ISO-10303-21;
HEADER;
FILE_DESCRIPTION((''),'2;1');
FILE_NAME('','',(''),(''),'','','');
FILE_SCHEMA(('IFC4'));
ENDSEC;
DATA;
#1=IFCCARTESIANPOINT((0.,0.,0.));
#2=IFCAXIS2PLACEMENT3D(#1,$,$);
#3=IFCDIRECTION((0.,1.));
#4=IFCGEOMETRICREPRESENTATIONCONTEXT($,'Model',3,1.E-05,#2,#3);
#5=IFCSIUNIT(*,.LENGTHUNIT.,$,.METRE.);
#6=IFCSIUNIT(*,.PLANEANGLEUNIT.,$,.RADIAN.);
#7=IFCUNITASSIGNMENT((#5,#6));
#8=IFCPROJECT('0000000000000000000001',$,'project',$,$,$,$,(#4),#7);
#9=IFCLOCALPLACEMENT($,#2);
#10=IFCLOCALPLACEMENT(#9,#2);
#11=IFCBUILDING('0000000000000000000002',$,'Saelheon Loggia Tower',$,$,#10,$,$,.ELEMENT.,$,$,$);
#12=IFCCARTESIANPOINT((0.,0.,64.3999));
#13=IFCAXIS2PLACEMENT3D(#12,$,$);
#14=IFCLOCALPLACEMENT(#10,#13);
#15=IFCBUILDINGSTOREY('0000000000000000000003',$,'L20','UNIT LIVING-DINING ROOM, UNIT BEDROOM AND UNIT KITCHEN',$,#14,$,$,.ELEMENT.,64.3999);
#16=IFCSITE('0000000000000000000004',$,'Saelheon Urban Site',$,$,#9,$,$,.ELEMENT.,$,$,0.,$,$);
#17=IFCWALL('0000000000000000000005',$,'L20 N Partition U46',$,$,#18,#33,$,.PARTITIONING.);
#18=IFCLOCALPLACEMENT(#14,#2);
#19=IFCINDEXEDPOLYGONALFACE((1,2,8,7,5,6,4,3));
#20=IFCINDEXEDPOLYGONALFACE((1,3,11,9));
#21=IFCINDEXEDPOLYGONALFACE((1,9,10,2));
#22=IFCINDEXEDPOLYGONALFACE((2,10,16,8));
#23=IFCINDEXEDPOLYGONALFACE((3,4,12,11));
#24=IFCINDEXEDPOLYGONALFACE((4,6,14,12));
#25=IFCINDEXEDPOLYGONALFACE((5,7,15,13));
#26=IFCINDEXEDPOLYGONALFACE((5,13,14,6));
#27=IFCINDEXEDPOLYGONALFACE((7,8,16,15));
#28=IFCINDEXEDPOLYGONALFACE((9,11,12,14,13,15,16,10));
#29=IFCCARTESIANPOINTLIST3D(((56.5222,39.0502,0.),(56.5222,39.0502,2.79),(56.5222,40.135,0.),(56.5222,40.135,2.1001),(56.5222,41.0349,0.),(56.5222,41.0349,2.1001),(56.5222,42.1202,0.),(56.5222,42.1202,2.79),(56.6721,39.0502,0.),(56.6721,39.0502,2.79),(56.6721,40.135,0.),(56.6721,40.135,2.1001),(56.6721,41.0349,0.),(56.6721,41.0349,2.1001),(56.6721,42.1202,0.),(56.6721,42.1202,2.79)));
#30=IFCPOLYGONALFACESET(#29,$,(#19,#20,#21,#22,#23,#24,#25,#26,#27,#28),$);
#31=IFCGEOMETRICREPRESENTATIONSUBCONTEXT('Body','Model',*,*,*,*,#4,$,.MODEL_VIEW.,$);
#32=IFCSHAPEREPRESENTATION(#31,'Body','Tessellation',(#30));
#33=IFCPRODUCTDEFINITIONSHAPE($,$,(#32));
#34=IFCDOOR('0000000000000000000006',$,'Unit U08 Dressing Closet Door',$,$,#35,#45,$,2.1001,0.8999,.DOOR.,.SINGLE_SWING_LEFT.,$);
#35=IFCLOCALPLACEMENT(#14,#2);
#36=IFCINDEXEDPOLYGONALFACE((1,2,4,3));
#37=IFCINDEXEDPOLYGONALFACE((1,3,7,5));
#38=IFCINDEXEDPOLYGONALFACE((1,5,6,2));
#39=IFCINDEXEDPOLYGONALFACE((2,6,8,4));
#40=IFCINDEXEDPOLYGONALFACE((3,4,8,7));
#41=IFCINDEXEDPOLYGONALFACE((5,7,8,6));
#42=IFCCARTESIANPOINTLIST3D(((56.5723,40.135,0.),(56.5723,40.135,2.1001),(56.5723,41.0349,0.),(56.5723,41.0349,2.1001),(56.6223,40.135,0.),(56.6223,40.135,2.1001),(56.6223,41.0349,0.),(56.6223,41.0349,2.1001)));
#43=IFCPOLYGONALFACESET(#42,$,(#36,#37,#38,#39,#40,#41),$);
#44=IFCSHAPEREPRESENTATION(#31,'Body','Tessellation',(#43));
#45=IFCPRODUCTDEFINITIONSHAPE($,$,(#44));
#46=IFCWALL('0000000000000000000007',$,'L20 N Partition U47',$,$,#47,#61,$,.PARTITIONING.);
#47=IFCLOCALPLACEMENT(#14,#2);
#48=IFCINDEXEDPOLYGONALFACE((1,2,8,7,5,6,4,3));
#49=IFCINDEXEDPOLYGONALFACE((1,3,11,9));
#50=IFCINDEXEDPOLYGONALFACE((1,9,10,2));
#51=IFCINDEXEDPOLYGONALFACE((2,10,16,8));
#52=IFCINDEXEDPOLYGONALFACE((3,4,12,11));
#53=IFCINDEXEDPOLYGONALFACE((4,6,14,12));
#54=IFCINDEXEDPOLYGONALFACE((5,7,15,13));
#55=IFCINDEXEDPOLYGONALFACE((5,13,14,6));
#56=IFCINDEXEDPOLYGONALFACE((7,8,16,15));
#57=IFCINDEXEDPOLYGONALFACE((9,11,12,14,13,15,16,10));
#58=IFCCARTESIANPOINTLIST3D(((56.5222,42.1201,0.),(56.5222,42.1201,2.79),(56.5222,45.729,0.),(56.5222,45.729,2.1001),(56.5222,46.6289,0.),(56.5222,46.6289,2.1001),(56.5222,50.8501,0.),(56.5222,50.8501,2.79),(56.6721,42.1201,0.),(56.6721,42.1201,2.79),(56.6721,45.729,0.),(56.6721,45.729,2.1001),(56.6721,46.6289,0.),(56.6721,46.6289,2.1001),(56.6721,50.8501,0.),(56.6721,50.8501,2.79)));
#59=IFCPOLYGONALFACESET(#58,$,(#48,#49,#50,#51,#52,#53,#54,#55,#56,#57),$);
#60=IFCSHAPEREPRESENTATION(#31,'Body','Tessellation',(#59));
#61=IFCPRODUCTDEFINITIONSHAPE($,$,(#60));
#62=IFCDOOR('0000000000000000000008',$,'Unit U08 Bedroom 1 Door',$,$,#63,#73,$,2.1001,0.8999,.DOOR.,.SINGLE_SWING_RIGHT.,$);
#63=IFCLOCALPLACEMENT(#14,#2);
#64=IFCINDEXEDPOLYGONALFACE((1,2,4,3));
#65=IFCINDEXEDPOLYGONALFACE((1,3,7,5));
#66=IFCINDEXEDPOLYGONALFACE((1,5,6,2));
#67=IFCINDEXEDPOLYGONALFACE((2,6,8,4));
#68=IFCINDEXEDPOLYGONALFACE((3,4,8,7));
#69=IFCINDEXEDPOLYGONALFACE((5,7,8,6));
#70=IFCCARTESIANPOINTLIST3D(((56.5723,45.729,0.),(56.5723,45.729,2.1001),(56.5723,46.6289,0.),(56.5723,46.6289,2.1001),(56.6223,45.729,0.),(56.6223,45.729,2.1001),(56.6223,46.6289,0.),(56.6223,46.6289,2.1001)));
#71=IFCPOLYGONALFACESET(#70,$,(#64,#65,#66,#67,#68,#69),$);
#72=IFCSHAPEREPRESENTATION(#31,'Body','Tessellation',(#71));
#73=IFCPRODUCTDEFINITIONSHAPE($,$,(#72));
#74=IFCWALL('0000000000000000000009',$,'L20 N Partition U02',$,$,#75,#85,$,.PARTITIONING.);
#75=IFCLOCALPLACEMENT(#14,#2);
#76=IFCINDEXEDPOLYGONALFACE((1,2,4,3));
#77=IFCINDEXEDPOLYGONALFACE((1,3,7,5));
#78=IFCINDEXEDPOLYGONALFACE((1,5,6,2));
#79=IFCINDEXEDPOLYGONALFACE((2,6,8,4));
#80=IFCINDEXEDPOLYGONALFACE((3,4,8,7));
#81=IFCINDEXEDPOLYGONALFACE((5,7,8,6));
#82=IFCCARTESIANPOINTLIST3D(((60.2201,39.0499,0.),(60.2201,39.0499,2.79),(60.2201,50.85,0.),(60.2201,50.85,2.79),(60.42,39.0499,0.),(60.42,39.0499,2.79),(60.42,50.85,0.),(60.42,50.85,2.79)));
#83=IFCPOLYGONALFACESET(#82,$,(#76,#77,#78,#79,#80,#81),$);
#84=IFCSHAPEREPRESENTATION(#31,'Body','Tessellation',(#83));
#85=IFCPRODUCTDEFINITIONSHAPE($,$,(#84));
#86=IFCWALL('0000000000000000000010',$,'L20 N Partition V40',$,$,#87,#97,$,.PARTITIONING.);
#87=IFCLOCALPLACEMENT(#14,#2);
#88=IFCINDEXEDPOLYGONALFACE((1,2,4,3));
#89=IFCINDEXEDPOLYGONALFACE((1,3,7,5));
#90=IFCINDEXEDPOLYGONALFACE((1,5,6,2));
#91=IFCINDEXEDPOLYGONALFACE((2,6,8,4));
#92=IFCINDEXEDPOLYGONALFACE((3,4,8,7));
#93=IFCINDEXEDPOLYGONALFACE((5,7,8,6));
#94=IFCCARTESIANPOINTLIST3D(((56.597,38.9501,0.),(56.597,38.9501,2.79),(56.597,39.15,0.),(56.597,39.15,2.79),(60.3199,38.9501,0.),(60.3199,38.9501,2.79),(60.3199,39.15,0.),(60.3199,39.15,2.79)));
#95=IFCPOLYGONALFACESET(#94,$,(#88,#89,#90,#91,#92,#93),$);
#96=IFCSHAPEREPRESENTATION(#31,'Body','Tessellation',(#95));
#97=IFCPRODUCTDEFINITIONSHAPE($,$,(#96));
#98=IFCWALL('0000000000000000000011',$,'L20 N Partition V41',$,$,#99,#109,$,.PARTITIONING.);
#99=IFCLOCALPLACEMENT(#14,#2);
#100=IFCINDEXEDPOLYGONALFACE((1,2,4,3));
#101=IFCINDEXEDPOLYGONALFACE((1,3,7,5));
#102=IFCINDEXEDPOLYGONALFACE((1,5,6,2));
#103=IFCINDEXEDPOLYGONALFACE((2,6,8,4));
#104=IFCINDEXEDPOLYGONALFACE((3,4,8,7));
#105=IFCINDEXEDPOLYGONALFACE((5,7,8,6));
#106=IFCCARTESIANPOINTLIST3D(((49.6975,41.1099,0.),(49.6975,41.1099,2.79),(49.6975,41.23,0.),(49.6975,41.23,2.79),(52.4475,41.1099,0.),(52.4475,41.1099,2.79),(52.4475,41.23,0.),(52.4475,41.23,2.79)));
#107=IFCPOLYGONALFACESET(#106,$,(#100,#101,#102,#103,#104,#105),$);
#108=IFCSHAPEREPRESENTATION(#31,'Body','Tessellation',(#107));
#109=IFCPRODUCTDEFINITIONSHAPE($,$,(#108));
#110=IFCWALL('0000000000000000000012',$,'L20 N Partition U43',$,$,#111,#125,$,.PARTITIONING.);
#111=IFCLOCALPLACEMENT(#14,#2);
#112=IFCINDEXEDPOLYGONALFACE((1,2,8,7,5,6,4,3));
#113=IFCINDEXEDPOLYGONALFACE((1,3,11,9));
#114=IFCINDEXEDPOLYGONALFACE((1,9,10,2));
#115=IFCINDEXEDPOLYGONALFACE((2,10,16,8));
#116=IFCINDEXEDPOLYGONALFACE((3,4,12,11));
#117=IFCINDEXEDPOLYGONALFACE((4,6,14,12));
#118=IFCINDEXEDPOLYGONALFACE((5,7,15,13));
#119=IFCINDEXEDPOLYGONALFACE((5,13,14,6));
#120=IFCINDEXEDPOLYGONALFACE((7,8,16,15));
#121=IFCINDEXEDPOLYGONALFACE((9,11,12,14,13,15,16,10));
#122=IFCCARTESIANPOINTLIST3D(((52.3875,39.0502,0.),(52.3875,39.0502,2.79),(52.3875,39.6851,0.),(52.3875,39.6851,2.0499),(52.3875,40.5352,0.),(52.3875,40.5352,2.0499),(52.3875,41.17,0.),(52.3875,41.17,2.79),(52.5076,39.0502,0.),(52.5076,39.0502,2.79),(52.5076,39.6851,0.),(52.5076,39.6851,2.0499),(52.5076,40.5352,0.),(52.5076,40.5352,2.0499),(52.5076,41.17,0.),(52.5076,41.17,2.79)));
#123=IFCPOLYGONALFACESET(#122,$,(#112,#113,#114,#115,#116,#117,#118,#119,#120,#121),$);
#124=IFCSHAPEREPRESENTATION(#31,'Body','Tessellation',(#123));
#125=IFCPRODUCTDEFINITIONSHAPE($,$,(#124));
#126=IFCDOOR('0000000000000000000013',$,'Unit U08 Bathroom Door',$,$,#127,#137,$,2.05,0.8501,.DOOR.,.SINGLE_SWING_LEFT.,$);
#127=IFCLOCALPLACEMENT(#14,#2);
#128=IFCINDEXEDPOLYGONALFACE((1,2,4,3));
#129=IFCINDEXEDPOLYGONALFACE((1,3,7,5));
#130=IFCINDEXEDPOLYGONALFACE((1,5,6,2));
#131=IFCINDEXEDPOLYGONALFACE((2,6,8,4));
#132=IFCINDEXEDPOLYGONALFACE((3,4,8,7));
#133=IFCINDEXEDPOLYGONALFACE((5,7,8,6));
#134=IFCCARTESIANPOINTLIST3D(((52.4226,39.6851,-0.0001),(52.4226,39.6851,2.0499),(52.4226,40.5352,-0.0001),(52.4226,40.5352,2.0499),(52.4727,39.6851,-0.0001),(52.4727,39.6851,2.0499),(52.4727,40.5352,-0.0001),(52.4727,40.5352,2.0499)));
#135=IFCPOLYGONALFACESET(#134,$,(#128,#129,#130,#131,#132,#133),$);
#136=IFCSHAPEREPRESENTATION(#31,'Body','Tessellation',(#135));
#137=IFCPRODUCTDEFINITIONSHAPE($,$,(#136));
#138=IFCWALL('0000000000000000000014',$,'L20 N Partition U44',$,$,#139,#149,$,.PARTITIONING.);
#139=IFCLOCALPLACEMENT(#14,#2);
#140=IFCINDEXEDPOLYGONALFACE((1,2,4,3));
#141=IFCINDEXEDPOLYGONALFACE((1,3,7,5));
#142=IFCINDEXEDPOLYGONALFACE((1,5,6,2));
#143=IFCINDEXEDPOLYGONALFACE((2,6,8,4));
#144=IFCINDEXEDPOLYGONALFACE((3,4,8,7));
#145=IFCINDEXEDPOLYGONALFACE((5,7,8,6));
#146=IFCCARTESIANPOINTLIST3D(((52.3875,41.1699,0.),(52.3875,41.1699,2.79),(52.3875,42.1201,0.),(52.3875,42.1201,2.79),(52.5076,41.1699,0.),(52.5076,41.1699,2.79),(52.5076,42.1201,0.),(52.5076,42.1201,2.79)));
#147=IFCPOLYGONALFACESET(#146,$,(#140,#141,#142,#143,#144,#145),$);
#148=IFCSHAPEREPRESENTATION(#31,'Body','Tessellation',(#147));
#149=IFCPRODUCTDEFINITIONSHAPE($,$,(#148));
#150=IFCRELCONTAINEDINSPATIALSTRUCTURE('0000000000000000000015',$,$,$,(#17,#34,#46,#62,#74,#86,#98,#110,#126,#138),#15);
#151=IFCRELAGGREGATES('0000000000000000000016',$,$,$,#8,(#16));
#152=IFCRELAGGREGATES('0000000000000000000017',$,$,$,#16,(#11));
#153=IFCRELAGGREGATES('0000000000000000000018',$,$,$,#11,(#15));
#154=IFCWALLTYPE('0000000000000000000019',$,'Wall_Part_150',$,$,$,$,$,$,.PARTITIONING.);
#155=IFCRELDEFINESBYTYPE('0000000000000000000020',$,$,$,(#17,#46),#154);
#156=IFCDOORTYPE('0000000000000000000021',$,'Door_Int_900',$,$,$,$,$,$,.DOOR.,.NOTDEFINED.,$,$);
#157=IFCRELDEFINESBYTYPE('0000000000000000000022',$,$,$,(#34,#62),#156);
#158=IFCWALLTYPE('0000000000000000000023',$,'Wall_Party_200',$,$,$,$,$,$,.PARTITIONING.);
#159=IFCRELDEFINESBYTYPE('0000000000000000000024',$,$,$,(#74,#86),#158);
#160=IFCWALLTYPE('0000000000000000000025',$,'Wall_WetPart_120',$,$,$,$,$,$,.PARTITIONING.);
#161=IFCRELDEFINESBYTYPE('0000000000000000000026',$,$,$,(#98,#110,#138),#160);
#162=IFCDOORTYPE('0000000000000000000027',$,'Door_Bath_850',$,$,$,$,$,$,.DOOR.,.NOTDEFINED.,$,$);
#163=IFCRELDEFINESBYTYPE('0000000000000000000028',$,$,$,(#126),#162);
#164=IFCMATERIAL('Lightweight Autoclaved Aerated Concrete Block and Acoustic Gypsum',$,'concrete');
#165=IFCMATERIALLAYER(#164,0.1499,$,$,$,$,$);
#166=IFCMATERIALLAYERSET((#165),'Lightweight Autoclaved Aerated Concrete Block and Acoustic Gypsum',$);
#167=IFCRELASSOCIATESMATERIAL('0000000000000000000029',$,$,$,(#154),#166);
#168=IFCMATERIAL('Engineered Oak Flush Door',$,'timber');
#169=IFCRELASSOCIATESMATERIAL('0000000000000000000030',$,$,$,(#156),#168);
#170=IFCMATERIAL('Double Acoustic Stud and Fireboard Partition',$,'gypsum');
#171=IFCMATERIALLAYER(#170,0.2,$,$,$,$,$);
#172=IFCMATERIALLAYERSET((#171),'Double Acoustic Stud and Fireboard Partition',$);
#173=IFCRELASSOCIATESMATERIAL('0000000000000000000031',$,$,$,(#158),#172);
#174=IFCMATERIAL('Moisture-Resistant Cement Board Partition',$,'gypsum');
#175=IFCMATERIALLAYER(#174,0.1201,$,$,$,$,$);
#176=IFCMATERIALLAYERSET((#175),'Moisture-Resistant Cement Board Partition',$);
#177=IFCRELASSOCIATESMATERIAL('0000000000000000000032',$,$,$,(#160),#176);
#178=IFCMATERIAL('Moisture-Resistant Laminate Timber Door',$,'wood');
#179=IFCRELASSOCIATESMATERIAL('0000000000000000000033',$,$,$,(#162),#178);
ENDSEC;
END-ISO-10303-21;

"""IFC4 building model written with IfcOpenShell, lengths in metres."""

from ifc_helpers import new_model, si_unit, direction, frame, frame_2d, origin, place, context, subcontext, project, spatial, rectangle, extrude, source, transform, mapped, material, layer, layer_set, type_object, element, fill, save


model = new_model("IFC4")

# Units and contexts
model_context = context("Model", 3, precision=1e-05, world=origin(), true_north=direction((0.0, 1.0)))
body_context = subcontext(model_context, "Body", "Model", "MODEL_VIEW")
ifc_project = project(units=[si_unit("LENGTHUNIT", "METRE"), si_unit("PLANEANGLEUNIT", "RADIAN")], contexts=[model_context])

# Site, building, storey
site_placement = place(None, origin())
site = spatial("IfcSite", under=ifc_project, at=site_placement, Name="Saelheon Urban Site", CompositionType="ELEMENT", RefElevation=0.0)
building_placement = place(site_placement, origin())
building = spatial("IfcBuilding", under=site, at=building_placement, Name="Saelheon Loggia Tower", CompositionType="ELEMENT")
storey_placement = place(building_placement, frame((0.0, 0.0, 64.3999)))
storey = spatial("IfcBuildingStorey", under=building, at=storey_placement, Name="L20", Description="UNIT LIVING-DINING ROOM, UNIT BEDROOM AND UNIT KITCHEN", CompositionType="ELEMENT", Elevation=64.3999)

# Shared definitions
ifc_material_1 = material(Name="Lightweight Autoclaved Aerated Concrete Block and Acoustic Gypsum", Category="concrete")
ifc_layer_1 = layer(ifc_material_1, 0.1499)
ifc_layer_set_1 = layer_set([ifc_layer_1], Name="Lightweight Autoclaved Aerated Concrete Block and Acoustic Gypsum")
wall_type_1 = type_object("IfcWallType", Name="Wall_Part_150", PredefinedType="PARTITIONING", material=ifc_layer_set_1)
ifc_material_2 = material(Name="Engineered Oak Flush Door", Category="timber")
door_type_1 = type_object("IfcDoorType", Name="Door_Int_900", OperationType="NOTDEFINED", PredefinedType="DOOR", material=ifc_material_2)
shared_shape_1 = source(origin(), body_context, "Body", "SweptSolid", [
    extrude(rectangle(XDim=0.8999, YDim=2.1001, at=frame_2d((0.45, 1.05))), frame((0.0, 0.0249, 0.0), z_axis=(0.0, -1.0, 0.0), x_axis=(1.0, 0.0, 0.0)), (0.0, 0.0, 1.0), 0.05),
])

# Walls, openings, doors
wall_1_placement = place(storey_placement, frame((56.5972, 39.05, 0.0), z_axis=(0.0, 0.0, 1.0), x_axis=(0.0, 1.0, 0.0)))
wall_1 = element("IfcWall", 1, at=wall_1_placement, inside=storey, type_object=wall_type_1, Name="L20 N Partition U46", PredefinedType="PARTITIONING", context=body_context, shape_type="SweptSolid", body=[
    extrude(rectangle(XDim=3.0701, YDim=0.1499, at=frame_2d((1.5352, 0.0))), origin(), (0.0, 0.0, 1.0), 2.79),
])
opening_1_placement = place(wall_1_placement, frame((1.085, 0.0, 0.0)))
opening_1 = element("IfcOpeningElement", 2, at=opening_1_placement, cuts=wall_1, PredefinedType="OPENING", context=body_context, shape_type="SweptSolid", body=[
    extrude(rectangle(XDim=0.8999, YDim=2.1001, at=frame_2d((0.45, 1.05))), frame((0.0, 0.0869, 0.0), z_axis=(0.0, -1.0, 0.0), x_axis=(1.0, 0.0, 0.0)), (0.0, 0.0, 1.0), 0.1738),
])
door_1_placement = place(opening_1_placement, origin())
door_1 = element("IfcDoor", 3, at=door_1_placement, inside=storey, type_object=door_type_1, Name="Unit U08 Dressing Closet Door", OperationType="SINGLE_SWING_LEFT", OverallHeight=2.1001, OverallWidth=0.8999, PredefinedType="DOOR", context=body_context, shape_type="MappedRepresentation", body=[
    mapped(shared_shape_1, transform((0.0, 0.0, 0.0), scale=1.0)),
])
fill(opening_1, door_1)
wall_2_placement = place(storey_placement, frame((56.5972, 42.1201, 0.0), z_axis=(0.0, 0.0, 1.0), x_axis=(0.0, 1.0, 0.0)))
wall_2 = element("IfcWall", 4, at=wall_2_placement, inside=storey, type_object=wall_type_1, Name="L20 N Partition U47", PredefinedType="PARTITIONING", context=body_context, shape_type="SweptSolid", body=[
    extrude(rectangle(XDim=8.73, YDim=0.1499, at=frame_2d((4.365, 0.0))), origin(), (0.0, 0.0, 1.0), 2.79),
])
opening_2_placement = place(wall_2_placement, frame((3.6089, 0.0, 0.0)))
opening_2 = element("IfcOpeningElement", 5, at=opening_2_placement, cuts=wall_2, PredefinedType="OPENING", context=body_context, shape_type="SweptSolid", body=[
    extrude(rectangle(XDim=0.8999, YDim=2.1001, at=frame_2d((0.45, 1.05))), frame((0.0, 0.0869, 0.0), z_axis=(0.0, -1.0, 0.0), x_axis=(1.0, 0.0, 0.0)), (0.0, 0.0, 1.0), 0.1738),
])
door_2_placement = place(opening_2_placement, origin())
door_2 = element("IfcDoor", 6, at=door_2_placement, inside=storey, type_object=door_type_1, Name="Unit U08 Bedroom 1 Door", OperationType="SINGLE_SWING_RIGHT", OverallHeight=2.1001, OverallWidth=0.8999, PredefinedType="DOOR", context=body_context, shape_type="MappedRepresentation", body=[
    mapped(shared_shape_1, transform((0.0, 0.0, 0.0), scale=1.0)),
])
fill(opening_2, door_2)

# Wall
ifc_material_3 = material(Name="Double Acoustic Stud and Fireboard Partition", Category="gypsum")
ifc_layer_2 = layer(ifc_material_3, 0.2)
ifc_layer_set_2 = layer_set([ifc_layer_2], Name="Double Acoustic Stud and Fireboard Partition")
wall_type_2 = type_object("IfcWallType", Name="Wall_Party_200", PredefinedType="PARTITIONING", material=ifc_layer_set_2)
wall_3_placement = place(storey_placement, frame((60.3201, 39.05, 0.0), z_axis=(0.0, 0.0, 1.0), x_axis=(0.0, 1.0, 0.0)))
element("IfcWall", 7, at=wall_3_placement, inside=storey, type_object=wall_type_2, Name="L20 N Partition U02", PredefinedType="PARTITIONING", context=body_context, shape_type="SweptSolid", body=[
    extrude(rectangle(XDim=11.8, YDim=0.2, at=frame_2d((5.8999, 0.0))), origin(), (0.0, 0.0, 1.0), 2.79),
])

# Walls
wall_4_placement = place(storey_placement, frame((56.5972, 39.05, 0.0), z_axis=(0.0, 0.0, 1.0), x_axis=(1.0, 0.0, 0.0)))
element("IfcWall", 8, at=wall_4_placement, inside=storey, type_object=wall_type_2, Name="L20 N Partition V40", PredefinedType="PARTITIONING", context=body_context, shape_type="SweptSolid", body=[
    extrude(rectangle(XDim=3.7229, YDim=0.2, at=frame_2d((1.8613, 0.0))), origin(), (0.0, 0.0, 1.0), 2.79),
])
ifc_material_4 = material(Name="Moisture-Resistant Cement Board Partition", Category="gypsum")
ifc_layer_3 = layer(ifc_material_4, 0.1201)
ifc_layer_set_3 = layer_set([ifc_layer_3], Name="Moisture-Resistant Cement Board Partition")
wall_type_3 = type_object("IfcWallType", Name="Wall_WetPart_120", PredefinedType="PARTITIONING", material=ifc_layer_set_3)
wall_5_placement = place(storey_placement, frame((49.6975, 41.1699, 0.0), z_axis=(0.0, 0.0, 1.0), x_axis=(1.0, 0.0, 0.0)))
element("IfcWall", 9, at=wall_5_placement, inside=storey, type_object=wall_type_3, Name="L20 N Partition V41", PredefinedType="PARTITIONING", context=body_context, shape_type="SweptSolid", body=[
    extrude(rectangle(XDim=2.75, YDim=0.1201, at=frame_2d((1.375, 0.0))), origin(), (0.0, 0.0, 1.0), 2.79),
])

# Wall, opening, door
wall_6_placement = place(storey_placement, frame((52.4475, 39.05, 0.0), z_axis=(0.0, 0.0, 1.0), x_axis=(0.0, 1.0, 0.0)))
wall_6 = element("IfcWall", 10, at=wall_6_placement, inside=storey, type_object=wall_type_3, Name="L20 N Partition U43", PredefinedType="PARTITIONING", context=body_context, shape_type="SweptSolid", body=[
    extrude(rectangle(XDim=2.1199, YDim=0.1201, at=frame_2d((1.0601, 0.0))), origin(), (0.0, 0.0, 1.0), 2.79),
])
opening_3_placement = place(wall_6_placement, frame((0.635, 0.0, 0.0)))
opening_3 = element("IfcOpeningElement", 11, at=opening_3_placement, cuts=wall_6, PredefinedType="OPENING", context=body_context, shape_type="SweptSolid", body=[
    extrude(rectangle(XDim=0.8501, YDim=2.05, at=frame_2d((0.425, 1.0249))), frame((0.0, 0.072, 0.0), z_axis=(0.0, -1.0, 0.0), x_axis=(1.0, 0.0, 0.0)), (0.0, 0.0, 1.0), 0.144),
])
ifc_material_5 = material(Name="Moisture-Resistant Laminate Timber Door", Category="wood")
door_type_2 = type_object("IfcDoorType", Name="Door_Bath_850", OperationType="NOTDEFINED", PredefinedType="DOOR", material=ifc_material_5)
shared_shape_2 = source(origin(), body_context, "Body", "SweptSolid", [
    extrude(rectangle(XDim=0.8501, YDim=2.05, at=frame_2d((0.425, 1.0249))), frame((0.0, 0.0249, 0.0), z_axis=(0.0, -1.0, 0.0), x_axis=(1.0, 0.0, 0.0)), (0.0, 0.0, 1.0), 0.05),
])
door_3_placement = place(opening_3_placement, origin())
door_3 = element("IfcDoor", 12, at=door_3_placement, inside=storey, type_object=door_type_2, Name="Unit U08 Bathroom Door", OperationType="SINGLE_SWING_LEFT", OverallHeight=2.05, OverallWidth=0.8501, PredefinedType="DOOR", context=body_context, shape_type="MappedRepresentation", body=[
    mapped(shared_shape_2, transform((0.0, 0.0, 0.0), scale=1.0)),
])
fill(opening_3, door_3)

# Wall
wall_7_placement = place(storey_placement, frame((52.4475, 41.1699, 0.0), z_axis=(0.0, 0.0, 1.0), x_axis=(0.0, 1.0, 0.0)))
element("IfcWall", 13, at=wall_7_placement, inside=storey, type_object=wall_type_3, Name="L20 N Partition U44", PredefinedType="PARTITIONING", context=body_context, shape_type="SweptSolid", body=[
    extrude(rectangle(XDim=0.9502, YDim=0.1201, at=frame_2d((0.4751, 0.0))), origin(), (0.0, 0.0, 1.0), 2.79),
])

save(model, "model.ifc")
